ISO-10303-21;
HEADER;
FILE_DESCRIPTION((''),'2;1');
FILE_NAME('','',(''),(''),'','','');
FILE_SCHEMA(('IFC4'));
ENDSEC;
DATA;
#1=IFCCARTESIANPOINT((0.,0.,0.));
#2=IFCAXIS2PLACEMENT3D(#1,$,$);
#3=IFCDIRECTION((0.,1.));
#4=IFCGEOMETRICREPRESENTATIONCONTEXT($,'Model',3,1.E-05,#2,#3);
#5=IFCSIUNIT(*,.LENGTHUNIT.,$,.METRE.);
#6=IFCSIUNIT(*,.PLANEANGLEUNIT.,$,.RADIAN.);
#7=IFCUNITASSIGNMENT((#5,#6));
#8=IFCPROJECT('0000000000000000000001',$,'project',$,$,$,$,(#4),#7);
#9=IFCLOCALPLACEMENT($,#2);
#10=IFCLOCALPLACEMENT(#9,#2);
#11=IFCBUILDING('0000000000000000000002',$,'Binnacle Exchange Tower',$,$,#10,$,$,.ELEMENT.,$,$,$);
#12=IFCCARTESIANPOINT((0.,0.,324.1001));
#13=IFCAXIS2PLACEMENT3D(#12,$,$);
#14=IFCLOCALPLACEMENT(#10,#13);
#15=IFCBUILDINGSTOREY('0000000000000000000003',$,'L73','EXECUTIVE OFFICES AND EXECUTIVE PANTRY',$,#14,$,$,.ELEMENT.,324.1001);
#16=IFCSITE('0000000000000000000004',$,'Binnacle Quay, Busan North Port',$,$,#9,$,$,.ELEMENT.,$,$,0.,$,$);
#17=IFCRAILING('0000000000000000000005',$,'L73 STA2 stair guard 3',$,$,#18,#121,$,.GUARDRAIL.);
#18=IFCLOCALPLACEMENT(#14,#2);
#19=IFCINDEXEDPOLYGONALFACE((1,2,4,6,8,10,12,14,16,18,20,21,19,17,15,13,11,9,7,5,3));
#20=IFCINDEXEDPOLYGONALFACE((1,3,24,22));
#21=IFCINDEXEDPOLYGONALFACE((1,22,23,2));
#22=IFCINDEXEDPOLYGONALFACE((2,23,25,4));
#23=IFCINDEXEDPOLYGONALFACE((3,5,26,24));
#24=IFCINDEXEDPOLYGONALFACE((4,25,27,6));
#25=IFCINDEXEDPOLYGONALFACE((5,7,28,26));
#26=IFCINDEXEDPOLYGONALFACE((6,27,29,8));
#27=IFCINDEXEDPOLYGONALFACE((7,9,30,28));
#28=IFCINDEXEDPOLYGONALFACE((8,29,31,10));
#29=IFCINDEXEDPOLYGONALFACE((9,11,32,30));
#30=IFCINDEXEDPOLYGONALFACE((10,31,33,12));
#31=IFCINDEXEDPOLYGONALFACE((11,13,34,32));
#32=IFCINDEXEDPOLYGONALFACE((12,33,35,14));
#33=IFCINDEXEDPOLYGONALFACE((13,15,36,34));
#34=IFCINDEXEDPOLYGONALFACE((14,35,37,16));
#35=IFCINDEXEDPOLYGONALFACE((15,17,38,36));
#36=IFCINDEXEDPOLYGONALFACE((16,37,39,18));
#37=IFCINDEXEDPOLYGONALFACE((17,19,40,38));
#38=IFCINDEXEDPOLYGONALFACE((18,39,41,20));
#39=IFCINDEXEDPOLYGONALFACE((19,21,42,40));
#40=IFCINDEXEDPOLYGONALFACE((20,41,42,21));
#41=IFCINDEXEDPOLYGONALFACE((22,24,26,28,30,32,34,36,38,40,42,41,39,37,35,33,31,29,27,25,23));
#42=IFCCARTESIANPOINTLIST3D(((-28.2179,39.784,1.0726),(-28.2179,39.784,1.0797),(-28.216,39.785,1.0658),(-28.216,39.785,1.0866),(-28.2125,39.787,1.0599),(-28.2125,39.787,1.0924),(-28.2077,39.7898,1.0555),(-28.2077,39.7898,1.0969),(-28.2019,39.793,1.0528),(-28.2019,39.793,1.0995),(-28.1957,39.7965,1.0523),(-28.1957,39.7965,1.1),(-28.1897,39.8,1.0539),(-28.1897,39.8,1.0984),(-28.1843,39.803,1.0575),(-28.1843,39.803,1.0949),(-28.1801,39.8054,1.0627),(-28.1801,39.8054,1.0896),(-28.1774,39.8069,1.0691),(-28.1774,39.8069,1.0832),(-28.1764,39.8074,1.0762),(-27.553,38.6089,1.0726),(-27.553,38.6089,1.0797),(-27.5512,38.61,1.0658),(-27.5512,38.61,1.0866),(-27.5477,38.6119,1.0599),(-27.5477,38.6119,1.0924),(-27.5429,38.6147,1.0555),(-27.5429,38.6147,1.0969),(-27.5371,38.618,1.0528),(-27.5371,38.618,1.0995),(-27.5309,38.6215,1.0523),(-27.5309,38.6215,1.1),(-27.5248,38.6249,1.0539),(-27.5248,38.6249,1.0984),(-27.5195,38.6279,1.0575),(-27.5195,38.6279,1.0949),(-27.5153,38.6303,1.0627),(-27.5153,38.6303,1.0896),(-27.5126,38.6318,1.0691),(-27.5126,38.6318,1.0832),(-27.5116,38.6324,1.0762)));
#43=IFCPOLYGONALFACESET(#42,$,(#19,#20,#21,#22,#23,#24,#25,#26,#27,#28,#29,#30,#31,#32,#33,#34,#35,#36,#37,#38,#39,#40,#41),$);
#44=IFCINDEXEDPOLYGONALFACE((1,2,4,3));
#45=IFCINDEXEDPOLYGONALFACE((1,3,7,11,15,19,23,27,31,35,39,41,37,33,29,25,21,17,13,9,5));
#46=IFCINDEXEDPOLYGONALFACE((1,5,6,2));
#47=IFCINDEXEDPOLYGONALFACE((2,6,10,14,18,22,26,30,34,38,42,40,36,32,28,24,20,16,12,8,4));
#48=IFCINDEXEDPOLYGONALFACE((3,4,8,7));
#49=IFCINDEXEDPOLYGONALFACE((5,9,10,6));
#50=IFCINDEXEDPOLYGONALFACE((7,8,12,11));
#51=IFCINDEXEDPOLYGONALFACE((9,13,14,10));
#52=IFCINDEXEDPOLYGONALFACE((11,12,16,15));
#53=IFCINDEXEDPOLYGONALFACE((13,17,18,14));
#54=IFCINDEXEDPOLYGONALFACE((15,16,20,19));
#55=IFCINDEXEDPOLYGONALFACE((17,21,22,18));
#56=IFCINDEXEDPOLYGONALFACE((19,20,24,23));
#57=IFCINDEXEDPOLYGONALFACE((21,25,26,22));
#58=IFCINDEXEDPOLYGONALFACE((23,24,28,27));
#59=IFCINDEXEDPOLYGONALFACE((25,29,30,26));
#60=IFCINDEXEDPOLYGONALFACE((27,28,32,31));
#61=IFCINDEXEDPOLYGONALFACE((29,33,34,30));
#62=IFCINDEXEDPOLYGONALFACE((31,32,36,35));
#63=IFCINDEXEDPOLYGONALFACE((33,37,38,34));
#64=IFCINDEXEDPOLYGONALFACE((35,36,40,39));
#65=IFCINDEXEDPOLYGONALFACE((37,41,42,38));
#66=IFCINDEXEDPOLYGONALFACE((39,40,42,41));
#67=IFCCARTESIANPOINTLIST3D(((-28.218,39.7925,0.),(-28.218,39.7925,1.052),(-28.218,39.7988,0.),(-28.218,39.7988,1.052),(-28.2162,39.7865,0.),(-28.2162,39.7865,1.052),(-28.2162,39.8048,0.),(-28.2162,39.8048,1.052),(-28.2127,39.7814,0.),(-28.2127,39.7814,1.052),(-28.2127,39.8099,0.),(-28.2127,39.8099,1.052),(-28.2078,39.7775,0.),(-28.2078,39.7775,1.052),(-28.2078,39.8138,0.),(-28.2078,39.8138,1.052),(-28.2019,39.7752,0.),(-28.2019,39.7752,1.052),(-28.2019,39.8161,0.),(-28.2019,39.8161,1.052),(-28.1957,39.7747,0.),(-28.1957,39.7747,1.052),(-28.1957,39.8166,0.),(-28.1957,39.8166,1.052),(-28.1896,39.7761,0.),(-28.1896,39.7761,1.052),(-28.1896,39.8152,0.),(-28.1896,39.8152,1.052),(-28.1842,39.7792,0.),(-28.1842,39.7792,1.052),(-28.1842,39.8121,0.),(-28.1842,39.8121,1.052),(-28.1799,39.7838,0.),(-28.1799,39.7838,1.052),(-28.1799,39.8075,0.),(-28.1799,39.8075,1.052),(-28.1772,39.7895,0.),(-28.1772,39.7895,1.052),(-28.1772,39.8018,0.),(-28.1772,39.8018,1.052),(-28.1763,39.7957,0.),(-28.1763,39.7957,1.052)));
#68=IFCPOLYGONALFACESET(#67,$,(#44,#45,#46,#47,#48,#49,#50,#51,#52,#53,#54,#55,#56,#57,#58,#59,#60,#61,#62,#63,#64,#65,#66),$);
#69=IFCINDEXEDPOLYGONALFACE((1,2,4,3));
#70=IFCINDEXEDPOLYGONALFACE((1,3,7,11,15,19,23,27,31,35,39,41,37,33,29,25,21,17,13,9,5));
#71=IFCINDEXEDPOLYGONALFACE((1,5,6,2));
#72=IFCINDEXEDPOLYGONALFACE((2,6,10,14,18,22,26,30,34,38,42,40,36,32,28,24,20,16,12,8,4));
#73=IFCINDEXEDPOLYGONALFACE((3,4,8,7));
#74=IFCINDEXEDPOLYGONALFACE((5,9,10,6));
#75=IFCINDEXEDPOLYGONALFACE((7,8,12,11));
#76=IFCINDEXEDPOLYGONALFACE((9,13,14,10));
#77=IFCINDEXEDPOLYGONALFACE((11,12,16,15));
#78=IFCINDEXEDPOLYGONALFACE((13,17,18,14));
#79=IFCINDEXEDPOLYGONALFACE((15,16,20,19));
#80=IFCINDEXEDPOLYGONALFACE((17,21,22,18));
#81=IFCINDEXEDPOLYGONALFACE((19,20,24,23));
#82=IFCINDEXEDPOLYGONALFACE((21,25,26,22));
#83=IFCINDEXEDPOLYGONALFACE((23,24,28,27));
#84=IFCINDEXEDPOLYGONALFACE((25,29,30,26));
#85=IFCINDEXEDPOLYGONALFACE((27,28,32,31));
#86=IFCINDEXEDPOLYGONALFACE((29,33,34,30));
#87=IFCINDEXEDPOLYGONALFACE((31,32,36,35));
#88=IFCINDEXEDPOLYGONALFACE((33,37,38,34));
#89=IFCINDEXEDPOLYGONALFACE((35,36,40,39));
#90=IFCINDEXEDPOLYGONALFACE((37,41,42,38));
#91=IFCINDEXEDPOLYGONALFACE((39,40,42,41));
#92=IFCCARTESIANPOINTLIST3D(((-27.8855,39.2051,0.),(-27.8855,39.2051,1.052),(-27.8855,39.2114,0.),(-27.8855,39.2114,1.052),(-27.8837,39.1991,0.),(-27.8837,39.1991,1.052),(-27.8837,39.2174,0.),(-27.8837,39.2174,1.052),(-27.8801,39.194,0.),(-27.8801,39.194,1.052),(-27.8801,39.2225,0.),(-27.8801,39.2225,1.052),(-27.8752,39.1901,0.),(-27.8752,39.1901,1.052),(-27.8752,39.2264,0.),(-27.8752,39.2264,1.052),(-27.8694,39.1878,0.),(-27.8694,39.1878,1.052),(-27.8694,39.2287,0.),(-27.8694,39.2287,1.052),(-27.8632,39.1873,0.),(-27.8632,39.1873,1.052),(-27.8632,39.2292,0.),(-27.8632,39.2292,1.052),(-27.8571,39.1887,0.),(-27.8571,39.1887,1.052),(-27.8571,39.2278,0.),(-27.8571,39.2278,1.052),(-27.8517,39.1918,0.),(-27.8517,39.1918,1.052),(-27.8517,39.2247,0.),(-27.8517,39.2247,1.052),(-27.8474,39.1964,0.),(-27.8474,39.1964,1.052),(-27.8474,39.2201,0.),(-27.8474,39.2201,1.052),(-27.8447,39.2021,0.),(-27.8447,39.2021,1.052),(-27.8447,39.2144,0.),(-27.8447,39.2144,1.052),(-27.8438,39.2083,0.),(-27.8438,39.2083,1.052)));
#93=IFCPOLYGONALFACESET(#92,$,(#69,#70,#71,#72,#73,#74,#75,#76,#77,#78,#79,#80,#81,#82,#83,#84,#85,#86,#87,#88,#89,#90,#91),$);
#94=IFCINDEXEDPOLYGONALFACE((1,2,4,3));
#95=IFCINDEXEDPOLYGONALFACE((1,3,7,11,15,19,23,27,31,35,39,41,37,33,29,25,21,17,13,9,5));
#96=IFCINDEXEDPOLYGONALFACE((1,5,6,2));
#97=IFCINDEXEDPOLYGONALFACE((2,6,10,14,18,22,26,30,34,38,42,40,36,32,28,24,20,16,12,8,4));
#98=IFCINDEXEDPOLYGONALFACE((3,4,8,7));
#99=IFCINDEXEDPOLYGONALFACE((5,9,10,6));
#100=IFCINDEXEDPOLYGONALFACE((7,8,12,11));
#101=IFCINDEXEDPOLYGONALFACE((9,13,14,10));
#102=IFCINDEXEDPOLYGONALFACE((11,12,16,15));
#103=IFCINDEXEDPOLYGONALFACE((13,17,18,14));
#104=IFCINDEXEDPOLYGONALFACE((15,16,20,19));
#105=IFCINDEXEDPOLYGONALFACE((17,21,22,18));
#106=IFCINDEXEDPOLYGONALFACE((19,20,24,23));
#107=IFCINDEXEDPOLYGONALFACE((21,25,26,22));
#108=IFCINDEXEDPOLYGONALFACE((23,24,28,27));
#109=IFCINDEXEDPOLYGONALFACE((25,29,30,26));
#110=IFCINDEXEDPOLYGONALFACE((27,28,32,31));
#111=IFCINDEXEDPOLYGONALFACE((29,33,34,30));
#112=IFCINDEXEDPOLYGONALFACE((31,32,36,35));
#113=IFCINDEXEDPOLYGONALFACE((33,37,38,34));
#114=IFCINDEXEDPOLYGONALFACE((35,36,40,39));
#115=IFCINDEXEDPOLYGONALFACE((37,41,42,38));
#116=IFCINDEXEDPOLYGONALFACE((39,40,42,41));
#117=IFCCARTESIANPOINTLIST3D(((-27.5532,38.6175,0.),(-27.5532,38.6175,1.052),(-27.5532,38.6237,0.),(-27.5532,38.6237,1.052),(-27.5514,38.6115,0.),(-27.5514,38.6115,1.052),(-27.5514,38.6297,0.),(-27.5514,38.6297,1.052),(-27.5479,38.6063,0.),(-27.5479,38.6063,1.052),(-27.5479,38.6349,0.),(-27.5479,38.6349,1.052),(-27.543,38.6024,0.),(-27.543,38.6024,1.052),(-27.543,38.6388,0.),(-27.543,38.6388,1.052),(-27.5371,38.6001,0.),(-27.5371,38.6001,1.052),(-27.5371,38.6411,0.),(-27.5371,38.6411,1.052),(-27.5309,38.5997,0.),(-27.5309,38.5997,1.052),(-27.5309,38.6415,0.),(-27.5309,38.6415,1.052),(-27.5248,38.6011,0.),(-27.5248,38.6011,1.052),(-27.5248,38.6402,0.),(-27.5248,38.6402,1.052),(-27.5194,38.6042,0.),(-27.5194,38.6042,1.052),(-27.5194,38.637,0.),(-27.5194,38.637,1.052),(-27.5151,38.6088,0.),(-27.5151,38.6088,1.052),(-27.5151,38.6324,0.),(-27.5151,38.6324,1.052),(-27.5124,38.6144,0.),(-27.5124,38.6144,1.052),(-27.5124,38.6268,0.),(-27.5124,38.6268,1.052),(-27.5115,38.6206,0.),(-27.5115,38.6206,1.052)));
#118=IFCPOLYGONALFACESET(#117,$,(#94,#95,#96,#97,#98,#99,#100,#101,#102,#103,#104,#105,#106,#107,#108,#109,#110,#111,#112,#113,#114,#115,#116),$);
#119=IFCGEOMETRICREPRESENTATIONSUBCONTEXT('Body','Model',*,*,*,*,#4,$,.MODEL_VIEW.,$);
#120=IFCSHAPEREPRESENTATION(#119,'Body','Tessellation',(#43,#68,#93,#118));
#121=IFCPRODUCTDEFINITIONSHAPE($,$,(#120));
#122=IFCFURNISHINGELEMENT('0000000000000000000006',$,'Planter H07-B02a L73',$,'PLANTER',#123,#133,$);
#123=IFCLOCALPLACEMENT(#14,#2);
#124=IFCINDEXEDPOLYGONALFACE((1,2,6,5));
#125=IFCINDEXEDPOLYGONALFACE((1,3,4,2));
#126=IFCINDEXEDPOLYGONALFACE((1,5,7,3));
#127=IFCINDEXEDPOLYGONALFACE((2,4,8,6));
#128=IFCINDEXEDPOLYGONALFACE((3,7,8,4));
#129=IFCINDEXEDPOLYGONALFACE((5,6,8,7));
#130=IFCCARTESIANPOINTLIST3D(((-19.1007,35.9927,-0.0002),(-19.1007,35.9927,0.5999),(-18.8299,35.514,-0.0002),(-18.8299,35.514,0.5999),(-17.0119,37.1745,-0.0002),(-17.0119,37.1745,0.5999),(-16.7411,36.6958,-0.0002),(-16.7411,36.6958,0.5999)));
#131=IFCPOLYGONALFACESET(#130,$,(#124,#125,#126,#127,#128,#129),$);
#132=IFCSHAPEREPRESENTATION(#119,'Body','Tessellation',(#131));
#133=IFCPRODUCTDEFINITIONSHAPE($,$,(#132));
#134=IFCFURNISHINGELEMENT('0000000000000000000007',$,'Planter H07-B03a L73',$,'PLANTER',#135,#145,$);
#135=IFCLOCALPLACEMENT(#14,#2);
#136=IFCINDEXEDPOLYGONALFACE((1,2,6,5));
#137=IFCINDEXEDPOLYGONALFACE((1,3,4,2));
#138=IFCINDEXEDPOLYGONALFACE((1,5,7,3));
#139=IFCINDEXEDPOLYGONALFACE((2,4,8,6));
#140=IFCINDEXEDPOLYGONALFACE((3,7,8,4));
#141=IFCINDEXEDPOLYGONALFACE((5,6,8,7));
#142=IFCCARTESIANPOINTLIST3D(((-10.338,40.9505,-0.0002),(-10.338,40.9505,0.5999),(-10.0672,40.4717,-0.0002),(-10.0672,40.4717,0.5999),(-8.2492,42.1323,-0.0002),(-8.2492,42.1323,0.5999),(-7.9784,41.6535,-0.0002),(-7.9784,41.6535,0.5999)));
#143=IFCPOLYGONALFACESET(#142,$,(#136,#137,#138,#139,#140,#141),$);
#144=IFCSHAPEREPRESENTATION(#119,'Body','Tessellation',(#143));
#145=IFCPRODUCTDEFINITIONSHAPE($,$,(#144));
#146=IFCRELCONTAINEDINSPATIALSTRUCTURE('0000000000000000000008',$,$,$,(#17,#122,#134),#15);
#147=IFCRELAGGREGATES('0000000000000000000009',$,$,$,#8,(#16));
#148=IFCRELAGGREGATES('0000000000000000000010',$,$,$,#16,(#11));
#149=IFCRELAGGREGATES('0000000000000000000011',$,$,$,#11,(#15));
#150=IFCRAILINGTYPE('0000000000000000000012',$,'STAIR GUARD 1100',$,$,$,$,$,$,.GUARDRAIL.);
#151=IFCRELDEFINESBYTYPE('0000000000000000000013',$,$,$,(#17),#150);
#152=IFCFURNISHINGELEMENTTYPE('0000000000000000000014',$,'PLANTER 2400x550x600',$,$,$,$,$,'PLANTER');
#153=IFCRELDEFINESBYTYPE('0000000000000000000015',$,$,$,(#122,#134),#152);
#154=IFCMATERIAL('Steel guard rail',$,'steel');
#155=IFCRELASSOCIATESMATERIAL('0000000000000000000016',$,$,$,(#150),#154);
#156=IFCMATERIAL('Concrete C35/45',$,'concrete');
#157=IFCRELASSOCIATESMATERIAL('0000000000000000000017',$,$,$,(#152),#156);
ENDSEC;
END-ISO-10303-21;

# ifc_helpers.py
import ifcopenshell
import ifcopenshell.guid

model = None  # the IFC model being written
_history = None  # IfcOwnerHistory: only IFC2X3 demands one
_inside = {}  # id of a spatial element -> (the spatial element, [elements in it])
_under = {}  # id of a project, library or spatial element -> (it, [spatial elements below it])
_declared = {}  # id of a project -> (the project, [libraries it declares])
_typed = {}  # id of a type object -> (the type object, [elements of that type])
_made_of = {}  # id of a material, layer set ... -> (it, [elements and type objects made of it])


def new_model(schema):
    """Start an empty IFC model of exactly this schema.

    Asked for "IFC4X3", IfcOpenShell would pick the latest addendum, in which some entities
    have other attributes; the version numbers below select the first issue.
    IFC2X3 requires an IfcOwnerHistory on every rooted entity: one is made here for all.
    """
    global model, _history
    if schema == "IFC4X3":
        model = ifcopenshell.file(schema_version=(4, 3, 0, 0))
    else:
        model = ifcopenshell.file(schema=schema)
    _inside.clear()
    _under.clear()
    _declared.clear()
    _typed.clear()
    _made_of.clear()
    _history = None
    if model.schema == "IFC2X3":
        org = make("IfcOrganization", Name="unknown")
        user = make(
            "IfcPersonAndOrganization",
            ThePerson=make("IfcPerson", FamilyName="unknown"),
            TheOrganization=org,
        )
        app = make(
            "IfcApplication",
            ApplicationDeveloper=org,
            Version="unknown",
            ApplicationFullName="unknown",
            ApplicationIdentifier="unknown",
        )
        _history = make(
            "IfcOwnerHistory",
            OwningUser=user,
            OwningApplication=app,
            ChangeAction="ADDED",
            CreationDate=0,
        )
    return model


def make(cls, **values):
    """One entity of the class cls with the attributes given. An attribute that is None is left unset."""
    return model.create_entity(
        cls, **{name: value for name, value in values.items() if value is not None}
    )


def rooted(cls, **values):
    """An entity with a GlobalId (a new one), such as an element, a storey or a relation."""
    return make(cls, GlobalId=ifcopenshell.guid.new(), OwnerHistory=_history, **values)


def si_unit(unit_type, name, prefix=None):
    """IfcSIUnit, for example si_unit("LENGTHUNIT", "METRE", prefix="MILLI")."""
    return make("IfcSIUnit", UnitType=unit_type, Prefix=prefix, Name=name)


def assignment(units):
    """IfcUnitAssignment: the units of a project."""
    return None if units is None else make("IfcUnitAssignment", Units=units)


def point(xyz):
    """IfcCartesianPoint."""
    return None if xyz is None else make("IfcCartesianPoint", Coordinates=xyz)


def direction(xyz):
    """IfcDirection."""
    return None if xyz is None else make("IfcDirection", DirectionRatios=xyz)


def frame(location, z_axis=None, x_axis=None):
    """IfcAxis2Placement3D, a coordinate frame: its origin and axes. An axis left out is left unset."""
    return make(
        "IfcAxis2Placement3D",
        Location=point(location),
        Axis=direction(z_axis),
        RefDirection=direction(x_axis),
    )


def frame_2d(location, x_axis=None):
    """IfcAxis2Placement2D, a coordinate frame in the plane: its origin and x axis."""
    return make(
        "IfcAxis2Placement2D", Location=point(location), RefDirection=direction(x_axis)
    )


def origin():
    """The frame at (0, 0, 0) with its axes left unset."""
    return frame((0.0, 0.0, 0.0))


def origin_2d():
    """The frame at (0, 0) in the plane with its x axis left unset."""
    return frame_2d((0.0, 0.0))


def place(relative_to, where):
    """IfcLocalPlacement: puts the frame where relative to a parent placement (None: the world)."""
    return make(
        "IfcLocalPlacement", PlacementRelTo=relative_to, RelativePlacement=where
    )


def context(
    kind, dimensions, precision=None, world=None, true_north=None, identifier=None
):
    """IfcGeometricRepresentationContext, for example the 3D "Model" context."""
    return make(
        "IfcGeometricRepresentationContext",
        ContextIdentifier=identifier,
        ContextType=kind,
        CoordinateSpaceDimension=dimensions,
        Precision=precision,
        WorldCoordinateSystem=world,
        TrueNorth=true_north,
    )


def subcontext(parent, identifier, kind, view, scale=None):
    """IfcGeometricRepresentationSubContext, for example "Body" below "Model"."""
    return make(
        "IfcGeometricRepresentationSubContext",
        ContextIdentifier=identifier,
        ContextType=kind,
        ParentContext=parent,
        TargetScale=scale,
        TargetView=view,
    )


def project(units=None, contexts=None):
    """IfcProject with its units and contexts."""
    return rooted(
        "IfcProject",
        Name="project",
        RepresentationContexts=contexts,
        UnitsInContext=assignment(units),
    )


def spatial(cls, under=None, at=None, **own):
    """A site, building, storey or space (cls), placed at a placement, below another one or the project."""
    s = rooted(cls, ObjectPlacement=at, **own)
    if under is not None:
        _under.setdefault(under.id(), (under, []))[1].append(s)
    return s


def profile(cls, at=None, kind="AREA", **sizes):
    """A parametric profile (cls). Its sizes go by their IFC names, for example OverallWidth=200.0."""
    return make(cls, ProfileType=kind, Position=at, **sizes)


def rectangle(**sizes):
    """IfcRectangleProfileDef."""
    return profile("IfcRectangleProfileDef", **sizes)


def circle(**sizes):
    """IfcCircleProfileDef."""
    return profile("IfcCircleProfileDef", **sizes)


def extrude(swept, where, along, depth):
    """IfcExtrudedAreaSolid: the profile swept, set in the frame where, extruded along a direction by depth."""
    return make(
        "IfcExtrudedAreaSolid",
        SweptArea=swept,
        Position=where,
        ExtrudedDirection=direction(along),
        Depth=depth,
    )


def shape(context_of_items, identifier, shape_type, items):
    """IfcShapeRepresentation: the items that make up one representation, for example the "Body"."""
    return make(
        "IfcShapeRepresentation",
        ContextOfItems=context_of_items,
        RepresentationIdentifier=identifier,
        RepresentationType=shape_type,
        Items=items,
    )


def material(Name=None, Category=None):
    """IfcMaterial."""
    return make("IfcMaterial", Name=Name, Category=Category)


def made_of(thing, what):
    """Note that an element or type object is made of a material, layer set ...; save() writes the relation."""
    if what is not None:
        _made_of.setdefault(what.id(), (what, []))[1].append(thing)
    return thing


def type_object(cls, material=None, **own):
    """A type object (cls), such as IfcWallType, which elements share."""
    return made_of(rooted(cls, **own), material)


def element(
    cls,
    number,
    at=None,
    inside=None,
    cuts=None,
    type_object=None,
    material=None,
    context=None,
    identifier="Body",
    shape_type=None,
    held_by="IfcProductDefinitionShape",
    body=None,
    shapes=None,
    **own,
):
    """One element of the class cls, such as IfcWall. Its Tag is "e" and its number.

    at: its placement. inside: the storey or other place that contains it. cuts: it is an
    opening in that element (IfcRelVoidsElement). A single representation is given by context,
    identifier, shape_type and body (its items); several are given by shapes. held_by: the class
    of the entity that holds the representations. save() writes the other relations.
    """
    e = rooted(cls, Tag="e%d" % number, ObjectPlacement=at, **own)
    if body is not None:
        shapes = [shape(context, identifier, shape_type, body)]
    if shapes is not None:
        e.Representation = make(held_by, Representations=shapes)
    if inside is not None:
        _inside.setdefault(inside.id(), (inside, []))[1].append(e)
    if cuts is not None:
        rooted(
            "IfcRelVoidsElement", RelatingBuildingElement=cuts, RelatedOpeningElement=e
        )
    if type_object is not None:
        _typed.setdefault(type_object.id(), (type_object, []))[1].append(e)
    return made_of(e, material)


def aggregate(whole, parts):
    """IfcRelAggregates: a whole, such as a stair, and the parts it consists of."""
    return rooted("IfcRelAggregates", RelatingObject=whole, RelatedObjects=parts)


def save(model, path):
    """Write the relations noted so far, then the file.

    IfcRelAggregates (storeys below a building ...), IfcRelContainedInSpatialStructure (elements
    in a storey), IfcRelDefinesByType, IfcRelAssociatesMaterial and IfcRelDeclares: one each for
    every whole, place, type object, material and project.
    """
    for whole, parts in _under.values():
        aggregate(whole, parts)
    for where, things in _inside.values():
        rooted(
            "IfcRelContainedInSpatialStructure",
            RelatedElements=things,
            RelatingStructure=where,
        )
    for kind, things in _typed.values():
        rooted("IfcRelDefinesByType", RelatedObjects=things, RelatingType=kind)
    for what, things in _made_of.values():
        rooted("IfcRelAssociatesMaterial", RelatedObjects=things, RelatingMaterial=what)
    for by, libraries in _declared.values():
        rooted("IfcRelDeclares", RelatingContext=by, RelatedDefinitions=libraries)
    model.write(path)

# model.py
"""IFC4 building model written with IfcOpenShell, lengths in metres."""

from ifc_helpers import new_model, si_unit, direction, frame, origin, origin_2d, place, context, subcontext, project, spatial, rectangle, circle, extrude, material, type_object, element, save


model = new_model("IFC4")

# Units and contexts
model_context = context("Model", 3, precision=1e-05, world=origin(), true_north=direction((0.0, 1.0)))
body_context = subcontext(model_context, "Body", "Model", "MODEL_VIEW")
ifc_project = project(units=[si_unit("LENGTHUNIT", "METRE"), si_unit("PLANEANGLEUNIT", "RADIAN")], contexts=[model_context])

# Site, building, storey
site_placement = place(None, origin())
site = spatial("IfcSite", under=ifc_project, at=site_placement, Name="Binnacle Quay, Busan North Port", CompositionType="ELEMENT", RefElevation=0.0)
building_placement = place(site_placement, origin())
building = spatial("IfcBuilding", under=site, at=building_placement, Name="Binnacle Exchange Tower", CompositionType="ELEMENT")
storey_placement = place(building_placement, frame((0.0, 0.0, 324.1001)))
storey = spatial("IfcBuildingStorey", under=building, at=storey_placement, Name="L73", Description="EXECUTIVE OFFICES AND EXECUTIVE PANTRY", CompositionType="ELEMENT", Elevation=324.1001)

# Shared definitions
ifc_material_1 = material(Name="Concrete C35/45", Category="concrete")

# Railing
ifc_material_2 = material(Name="Steel guard rail", Category="steel")
railing_type_1 = type_object("IfcRailingType", Name="STAIR GUARD 1100", PredefinedType="GUARDRAIL", material=ifc_material_2)
railing_1_placement = place(storey_placement, frame((-28.1973, 39.7957, 0.0)))
element("IfcRailing", 1, at=railing_1_placement, inside=storey, type_object=railing_type_1, Name="L73 STA2 stair guard 3", PredefinedType="GUARDRAIL", context=body_context, shape_type="SweptSolid", body=[
    extrude(circle(Radius=0.0239, at=origin_2d()), frame((0.0, 0.0, 1.0762), z_axis=(0.492415, -0.870361, 0.0), x_axis=(0.870361, 0.492415, 0.0)), (0.0, 0.0, 1.0), 1.3501),
    extrude(circle(Radius=0.021, at=origin_2d()), origin(), (0.0, 0.0, 1.0), 1.052),
    extrude(circle(Radius=0.021, at=origin_2d()), frame((0.3325, -0.5874, 0.0)), (0.0, 0.0, 1.0), 1.052),
    extrude(circle(Radius=0.021, at=origin_2d()), frame((0.6648, -1.175, 0.0)), (0.0, 0.0, 1.0), 1.052),
])

# Furnishing elements
furnishing_element_type = type_object("IfcFurnishingElementType", Name="PLANTER 2400x550x600", ElementType="PLANTER", material=ifc_material_1)
for number, where, z_axis, x_axis, name in (
    (2, (-17.9209, 36.3442, -0.0002), (0.0, 0.0, 1.0), (0.870356, 0.492424, 0.0), "Planter H07-B02a L73"),
    (3, (-9.1582, 41.302, -0.0002), (0.0, 0.0, 1.0), (0.870356, 0.492424, 0.0), "Planter H07-B03a L73"),
):
    element("IfcFurnishingElement", number, at=place(storey_placement, frame(where, z_axis=z_axis, x_axis=x_axis)), inside=storey, type_object=furnishing_element_type, Name=name, ObjectType="PLANTER", context=body_context, shape_type="SweptSolid", body=[
        extrude(rectangle(XDim=2.3999, YDim=0.55, at=origin_2d()), origin(), (0.0, 0.0, 1.0), 0.6001),
    ])

save(model, "model.ifc")
